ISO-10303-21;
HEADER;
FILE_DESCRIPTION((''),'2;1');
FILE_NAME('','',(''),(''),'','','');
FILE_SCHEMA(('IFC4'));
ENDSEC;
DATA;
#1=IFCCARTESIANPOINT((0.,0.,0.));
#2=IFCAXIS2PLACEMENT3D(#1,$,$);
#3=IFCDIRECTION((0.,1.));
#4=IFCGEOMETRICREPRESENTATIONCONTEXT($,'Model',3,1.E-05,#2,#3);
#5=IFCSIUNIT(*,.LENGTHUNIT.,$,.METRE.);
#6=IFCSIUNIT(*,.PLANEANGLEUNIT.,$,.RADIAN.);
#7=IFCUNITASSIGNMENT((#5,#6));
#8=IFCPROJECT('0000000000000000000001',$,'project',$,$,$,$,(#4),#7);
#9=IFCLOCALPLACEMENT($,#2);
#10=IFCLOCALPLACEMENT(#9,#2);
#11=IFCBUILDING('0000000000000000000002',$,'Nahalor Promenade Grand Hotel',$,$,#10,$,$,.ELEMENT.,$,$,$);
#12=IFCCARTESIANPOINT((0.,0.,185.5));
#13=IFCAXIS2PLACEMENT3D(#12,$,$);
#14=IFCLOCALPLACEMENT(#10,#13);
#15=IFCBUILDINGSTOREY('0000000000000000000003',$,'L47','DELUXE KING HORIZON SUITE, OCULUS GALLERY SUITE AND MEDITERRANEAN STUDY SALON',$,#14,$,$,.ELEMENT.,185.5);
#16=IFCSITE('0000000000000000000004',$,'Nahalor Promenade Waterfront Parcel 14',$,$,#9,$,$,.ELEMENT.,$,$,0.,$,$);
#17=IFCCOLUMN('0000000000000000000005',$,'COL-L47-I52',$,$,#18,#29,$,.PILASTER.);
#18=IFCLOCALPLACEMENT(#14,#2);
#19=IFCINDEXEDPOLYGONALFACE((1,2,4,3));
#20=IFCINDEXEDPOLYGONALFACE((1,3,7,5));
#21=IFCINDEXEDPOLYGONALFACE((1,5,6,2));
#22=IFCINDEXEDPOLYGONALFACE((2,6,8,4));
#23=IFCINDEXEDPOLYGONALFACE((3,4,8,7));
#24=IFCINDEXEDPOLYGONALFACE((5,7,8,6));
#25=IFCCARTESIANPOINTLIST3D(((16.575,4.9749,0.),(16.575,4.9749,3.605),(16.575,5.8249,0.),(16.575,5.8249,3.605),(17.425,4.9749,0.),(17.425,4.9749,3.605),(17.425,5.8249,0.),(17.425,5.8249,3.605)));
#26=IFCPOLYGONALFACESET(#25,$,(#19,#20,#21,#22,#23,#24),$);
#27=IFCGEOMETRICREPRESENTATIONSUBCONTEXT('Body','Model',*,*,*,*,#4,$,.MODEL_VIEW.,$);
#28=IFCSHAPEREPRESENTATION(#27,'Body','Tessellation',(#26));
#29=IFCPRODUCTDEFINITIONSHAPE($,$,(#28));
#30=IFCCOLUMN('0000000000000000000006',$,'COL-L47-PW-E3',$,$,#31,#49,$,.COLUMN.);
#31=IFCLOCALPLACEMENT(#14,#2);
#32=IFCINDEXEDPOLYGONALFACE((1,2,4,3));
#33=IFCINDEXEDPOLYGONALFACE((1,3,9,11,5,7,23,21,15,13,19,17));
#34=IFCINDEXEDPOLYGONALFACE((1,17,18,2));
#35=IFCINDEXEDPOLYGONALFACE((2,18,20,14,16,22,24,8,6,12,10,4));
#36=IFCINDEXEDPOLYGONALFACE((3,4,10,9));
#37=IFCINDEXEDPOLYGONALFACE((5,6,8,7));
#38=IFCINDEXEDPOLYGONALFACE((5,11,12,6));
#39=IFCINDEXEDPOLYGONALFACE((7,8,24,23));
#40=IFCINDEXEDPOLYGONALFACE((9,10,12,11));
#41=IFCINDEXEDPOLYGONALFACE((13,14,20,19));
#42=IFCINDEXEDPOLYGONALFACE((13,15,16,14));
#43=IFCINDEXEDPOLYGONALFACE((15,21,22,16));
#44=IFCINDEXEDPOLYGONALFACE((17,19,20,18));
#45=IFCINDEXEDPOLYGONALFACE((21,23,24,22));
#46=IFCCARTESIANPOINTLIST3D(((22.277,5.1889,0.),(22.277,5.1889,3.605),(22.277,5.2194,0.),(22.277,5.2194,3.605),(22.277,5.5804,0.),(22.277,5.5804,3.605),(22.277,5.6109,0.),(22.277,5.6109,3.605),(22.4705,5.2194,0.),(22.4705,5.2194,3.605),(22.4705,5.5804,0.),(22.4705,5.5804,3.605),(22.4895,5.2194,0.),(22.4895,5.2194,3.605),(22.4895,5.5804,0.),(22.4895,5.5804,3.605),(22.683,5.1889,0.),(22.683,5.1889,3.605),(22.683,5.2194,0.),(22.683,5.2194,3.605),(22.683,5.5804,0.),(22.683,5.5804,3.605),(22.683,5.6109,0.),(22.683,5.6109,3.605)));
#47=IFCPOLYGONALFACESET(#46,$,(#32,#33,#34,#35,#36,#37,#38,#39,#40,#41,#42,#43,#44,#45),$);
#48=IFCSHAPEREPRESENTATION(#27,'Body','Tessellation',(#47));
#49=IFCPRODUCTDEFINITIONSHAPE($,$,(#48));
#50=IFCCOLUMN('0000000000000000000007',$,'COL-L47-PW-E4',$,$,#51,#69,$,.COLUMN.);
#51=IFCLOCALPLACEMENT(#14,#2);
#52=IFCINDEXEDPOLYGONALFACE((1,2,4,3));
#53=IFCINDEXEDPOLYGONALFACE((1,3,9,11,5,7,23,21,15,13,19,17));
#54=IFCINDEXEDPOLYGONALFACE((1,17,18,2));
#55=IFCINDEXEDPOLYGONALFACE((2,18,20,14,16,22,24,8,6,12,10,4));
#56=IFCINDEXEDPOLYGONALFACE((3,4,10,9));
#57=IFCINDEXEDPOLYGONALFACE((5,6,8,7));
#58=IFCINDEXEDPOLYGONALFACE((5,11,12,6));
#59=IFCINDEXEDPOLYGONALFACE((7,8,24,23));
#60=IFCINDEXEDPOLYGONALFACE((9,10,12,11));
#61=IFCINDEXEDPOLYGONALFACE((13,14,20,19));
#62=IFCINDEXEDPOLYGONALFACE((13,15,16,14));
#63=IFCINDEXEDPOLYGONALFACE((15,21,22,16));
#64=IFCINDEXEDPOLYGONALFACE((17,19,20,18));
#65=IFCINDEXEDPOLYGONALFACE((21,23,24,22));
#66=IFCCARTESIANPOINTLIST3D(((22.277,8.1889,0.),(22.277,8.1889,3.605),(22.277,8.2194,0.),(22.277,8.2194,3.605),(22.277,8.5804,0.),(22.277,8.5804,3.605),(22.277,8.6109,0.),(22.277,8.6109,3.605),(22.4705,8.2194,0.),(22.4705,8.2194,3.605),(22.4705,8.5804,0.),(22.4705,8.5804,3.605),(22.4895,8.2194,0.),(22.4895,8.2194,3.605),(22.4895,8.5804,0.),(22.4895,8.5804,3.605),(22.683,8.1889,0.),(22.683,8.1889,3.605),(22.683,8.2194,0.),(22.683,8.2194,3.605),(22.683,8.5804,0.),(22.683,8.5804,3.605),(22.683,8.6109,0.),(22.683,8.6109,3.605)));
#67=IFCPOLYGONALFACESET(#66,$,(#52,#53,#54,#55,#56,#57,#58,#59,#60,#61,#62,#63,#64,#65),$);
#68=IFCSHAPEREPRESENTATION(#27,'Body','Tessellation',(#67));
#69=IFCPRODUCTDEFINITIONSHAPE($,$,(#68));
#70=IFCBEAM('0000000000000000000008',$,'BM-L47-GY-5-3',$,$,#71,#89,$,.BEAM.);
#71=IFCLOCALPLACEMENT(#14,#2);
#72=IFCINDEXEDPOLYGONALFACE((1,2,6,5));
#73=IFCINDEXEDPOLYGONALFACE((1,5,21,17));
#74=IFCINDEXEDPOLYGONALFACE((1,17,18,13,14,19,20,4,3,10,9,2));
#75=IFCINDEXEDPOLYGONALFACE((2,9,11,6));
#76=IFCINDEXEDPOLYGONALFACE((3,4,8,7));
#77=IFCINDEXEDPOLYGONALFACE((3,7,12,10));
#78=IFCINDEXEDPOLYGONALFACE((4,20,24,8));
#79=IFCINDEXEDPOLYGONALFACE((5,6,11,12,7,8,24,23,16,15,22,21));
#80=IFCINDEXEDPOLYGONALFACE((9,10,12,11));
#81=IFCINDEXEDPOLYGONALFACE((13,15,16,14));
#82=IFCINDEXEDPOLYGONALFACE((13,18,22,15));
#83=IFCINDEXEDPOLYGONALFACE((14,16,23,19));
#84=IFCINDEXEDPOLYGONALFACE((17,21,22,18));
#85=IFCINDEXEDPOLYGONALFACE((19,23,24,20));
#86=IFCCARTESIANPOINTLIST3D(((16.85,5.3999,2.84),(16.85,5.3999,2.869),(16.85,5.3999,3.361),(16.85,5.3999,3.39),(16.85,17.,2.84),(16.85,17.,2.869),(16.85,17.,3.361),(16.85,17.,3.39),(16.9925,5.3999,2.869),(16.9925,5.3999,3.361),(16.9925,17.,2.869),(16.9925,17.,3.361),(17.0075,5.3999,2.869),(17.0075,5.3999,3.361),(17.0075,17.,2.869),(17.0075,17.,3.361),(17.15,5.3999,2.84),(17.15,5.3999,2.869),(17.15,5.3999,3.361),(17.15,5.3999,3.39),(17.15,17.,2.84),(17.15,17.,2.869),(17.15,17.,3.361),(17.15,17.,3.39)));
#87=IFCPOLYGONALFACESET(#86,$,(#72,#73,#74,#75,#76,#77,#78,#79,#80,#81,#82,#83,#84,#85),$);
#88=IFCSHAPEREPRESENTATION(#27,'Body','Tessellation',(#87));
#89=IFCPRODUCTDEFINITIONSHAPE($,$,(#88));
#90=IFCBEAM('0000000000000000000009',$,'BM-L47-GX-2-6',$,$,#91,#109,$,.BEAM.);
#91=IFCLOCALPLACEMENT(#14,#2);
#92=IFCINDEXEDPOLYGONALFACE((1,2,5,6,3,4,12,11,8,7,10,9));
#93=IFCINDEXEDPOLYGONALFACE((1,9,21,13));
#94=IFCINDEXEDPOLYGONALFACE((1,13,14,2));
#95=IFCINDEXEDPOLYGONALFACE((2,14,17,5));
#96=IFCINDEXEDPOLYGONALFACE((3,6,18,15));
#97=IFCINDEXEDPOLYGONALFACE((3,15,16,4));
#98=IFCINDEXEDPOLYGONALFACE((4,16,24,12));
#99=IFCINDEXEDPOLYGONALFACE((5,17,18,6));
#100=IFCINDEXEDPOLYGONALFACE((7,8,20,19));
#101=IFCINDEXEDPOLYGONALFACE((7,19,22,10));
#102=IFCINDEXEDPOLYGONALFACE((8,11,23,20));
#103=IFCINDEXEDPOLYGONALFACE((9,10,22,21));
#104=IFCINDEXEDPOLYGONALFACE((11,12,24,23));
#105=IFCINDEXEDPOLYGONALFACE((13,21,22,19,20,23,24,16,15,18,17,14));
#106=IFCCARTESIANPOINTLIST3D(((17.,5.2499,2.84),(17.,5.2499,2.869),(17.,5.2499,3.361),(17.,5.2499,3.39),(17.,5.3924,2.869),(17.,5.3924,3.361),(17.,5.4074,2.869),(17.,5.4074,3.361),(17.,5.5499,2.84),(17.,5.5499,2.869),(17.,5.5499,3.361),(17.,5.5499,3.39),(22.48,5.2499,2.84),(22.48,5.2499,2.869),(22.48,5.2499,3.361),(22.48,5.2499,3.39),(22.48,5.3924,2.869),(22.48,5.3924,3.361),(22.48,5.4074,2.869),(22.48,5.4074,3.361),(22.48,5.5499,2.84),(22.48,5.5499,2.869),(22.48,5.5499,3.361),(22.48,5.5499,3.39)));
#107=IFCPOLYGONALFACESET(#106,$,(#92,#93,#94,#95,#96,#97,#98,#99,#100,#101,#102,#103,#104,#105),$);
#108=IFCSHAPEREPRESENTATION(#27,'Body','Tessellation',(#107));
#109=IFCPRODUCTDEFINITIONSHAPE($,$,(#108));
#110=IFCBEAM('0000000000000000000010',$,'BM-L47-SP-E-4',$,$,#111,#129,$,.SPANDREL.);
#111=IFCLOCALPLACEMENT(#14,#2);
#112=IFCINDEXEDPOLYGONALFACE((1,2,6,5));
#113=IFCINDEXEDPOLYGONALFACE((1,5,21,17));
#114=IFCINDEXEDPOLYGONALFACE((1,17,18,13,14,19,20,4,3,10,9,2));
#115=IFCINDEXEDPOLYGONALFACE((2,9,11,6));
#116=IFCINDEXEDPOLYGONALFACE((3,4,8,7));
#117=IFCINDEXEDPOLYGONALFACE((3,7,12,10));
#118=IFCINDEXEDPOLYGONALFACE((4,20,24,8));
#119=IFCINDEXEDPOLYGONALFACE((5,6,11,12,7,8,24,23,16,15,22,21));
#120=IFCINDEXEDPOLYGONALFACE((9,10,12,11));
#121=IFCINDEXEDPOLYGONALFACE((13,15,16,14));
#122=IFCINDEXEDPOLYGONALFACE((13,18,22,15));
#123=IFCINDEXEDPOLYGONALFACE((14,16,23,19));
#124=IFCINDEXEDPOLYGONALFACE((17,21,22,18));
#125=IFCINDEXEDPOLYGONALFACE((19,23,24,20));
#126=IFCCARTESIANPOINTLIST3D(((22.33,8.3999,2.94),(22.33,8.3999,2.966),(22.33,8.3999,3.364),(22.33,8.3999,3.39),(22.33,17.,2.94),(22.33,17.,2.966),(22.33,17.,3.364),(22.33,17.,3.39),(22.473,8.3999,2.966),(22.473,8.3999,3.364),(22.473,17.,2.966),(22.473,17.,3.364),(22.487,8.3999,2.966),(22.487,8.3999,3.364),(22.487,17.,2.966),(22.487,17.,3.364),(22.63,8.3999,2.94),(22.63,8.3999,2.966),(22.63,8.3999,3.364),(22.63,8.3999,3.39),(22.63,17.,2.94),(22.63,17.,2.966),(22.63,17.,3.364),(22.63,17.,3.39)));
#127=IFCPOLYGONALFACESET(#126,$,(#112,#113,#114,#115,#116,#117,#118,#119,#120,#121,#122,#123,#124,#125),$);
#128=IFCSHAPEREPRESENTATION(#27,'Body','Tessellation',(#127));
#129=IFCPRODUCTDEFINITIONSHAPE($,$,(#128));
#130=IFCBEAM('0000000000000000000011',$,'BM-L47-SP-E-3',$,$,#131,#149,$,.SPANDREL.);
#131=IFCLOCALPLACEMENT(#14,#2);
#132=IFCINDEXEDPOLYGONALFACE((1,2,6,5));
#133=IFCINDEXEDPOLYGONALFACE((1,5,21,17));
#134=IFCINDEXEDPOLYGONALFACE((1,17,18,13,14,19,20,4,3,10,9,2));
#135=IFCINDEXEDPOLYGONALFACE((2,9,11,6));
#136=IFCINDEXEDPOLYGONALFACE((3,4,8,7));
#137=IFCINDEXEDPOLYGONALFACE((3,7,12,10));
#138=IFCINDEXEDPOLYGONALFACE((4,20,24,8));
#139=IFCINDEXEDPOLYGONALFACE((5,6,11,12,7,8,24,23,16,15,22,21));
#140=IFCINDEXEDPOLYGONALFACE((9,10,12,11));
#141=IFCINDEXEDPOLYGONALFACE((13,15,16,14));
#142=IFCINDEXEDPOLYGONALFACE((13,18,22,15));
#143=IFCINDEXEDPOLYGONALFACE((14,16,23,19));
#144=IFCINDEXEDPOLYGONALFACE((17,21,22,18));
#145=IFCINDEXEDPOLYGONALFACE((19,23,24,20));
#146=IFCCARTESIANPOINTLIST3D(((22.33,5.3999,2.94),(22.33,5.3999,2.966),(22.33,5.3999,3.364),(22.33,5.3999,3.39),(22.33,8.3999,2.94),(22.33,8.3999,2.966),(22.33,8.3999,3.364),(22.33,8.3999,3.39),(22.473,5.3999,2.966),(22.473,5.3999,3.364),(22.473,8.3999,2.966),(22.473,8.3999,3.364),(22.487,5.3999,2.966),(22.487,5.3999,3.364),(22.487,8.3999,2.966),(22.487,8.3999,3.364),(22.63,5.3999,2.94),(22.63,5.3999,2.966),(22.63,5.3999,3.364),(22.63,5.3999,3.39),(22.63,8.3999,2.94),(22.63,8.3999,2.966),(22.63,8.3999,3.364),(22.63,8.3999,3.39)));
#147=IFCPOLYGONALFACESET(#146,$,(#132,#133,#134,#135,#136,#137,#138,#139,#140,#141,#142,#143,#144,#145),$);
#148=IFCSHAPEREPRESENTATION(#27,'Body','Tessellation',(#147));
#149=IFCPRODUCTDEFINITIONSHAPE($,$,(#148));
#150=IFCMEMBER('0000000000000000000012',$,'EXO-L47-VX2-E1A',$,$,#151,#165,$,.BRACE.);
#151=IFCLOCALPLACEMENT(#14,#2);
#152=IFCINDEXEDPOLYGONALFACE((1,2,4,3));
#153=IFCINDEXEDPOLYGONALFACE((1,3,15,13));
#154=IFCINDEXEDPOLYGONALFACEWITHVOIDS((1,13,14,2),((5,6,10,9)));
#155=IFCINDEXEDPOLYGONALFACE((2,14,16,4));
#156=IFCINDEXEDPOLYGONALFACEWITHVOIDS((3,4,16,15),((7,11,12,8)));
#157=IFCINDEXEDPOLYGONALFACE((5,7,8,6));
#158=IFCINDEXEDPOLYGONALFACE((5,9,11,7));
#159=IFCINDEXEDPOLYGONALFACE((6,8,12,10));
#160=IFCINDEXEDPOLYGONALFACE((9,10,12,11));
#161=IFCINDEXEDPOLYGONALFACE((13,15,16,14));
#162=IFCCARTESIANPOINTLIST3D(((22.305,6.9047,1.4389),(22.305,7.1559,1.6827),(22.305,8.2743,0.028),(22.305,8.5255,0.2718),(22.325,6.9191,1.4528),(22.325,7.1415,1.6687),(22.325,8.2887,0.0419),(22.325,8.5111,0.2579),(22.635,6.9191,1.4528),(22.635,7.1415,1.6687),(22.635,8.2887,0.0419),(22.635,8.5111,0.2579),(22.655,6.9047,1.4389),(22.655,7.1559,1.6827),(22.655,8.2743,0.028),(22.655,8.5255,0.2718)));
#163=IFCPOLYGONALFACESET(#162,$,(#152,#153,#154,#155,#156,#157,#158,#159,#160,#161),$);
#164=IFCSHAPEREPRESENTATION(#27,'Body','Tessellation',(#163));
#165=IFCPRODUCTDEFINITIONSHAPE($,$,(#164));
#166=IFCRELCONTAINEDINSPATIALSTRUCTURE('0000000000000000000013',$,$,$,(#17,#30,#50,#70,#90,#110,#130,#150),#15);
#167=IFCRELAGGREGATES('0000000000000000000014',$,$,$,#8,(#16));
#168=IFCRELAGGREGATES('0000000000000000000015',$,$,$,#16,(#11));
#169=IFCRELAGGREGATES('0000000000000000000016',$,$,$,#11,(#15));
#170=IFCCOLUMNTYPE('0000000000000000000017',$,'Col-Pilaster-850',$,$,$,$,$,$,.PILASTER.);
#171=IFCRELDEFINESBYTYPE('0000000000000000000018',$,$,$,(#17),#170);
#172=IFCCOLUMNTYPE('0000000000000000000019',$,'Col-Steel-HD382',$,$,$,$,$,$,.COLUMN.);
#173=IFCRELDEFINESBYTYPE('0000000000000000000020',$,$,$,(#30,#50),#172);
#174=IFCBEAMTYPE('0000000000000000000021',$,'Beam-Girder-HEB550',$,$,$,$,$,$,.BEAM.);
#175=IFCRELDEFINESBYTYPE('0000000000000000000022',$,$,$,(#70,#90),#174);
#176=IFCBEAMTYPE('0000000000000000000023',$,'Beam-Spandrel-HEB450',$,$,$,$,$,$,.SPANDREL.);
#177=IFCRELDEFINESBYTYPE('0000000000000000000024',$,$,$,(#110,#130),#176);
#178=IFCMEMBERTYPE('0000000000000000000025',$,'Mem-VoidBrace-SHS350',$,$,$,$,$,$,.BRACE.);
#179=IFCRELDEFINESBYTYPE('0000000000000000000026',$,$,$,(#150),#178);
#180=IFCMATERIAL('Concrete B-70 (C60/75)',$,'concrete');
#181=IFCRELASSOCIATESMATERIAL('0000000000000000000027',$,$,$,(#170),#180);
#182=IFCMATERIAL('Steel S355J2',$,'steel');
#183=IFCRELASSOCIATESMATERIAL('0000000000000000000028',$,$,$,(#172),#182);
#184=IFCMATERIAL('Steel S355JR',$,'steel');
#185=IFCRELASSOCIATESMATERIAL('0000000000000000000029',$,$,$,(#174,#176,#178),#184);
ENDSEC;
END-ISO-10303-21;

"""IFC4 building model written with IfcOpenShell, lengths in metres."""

from ifc_helpers import new_model, si_unit, direction, frame, origin, origin_2d, place, context, subcontext, project, spatial, rectangle, hollow_rectangle, i_section, extrude, source, transform, mapped, material, material_profile, profile_set, type_object, element, save


model = new_model("IFC4")

# Units and contexts
model_context = context("Model", 3, precision=1e-05, world=origin(), true_north=direction((0.0, 1.0)))
body_context = subcontext(model_context, "Body", "Model", "MODEL_VIEW")
ifc_project = project(units=[si_unit("LENGTHUNIT", "METRE"), si_unit("PLANEANGLEUNIT", "RADIAN")], contexts=[model_context])

# Site, building, storey
site_placement = place(None, origin())
site = spatial("IfcSite", under=ifc_project, at=site_placement, Name="Nahalor Promenade Waterfront Parcel 14", CompositionType="ELEMENT", RefElevation=0.0)
building_placement = place(site_placement, origin())
building = spatial("IfcBuilding", under=site, at=building_placement, Name="Nahalor Promenade Grand Hotel", CompositionType="ELEMENT")
storey_placement = place(building_placement, frame((0.0, 0.0, 185.5)))
storey = spatial("IfcBuildingStorey", under=building, at=storey_placement, Name="L47", Description="DELUXE KING HORIZON SUITE, OCULUS GALLERY SUITE AND MEDITERRANEAN STUDY SALON", CompositionType="ELEMENT", Elevation=185.5)

# Columns
ifc_material_1 = material(Name="Concrete B-70 (C60/75)", Category="concrete")
ifc_material_profile_1 = material_profile(ifc_material_1, rectangle(XDim=0.85, YDim=0.85, at=origin_2d()), Name="RC 850x850")
ifc_profile_set_1 = profile_set([ifc_material_profile_1], Name="Concrete B-70 (C60/75)")
column_type_1 = type_object("IfcColumnType", Name="Col-Pilaster-850", PredefinedType="PILASTER", material=ifc_profile_set_1)
shared_shape_1 = source(origin(), body_context, "Body", "SweptSolid", [
    extrude(rectangle(XDim=0.85, YDim=0.85, at=origin_2d()), origin(), (0.0, 0.0, 1.0), 3.605),
])
column_placement = place(storey_placement, frame((17.0, 5.3999, 0.0), z_axis=(0.0, 0.0, 1.0), x_axis=(1.0, 0.0, 0.0)))
element("IfcColumn", 1, at=column_placement, inside=storey, type_object=column_type_1, Name="COL-L47-I52", PredefinedType="PILASTER", context=body_context, shape_type="MappedRepresentation", body=[
    mapped(shared_shape_1, transform((0.0, 0.0, 0.0), scale=1.0)),
])
ifc_material_2 = material(Name="Steel S355J2", Category="steel")
ifc_material_profile_2 = material_profile(ifc_material_2, i_section(OverallWidth=0.406, OverallDepth=0.422, WebThickness=0.019, FlangeThickness=0.0305, at=origin_2d()), Name="HD 400x382")
ifc_profile_set_2 = profile_set([ifc_material_profile_2], Name="Steel S355J2")
column_type_2 = type_object("IfcColumnType", Name="Col-Steel-HD382", PredefinedType="COLUMN", material=ifc_profile_set_2)
shared_shape_2 = source(origin(), body_context, "Body", "SweptSolid", [
    extrude(i_section(OverallWidth=0.406, OverallDepth=0.422, WebThickness=0.019, FlangeThickness=0.0305, at=origin_2d()), origin(), (0.0, 0.0, 1.0), 3.605),
])
for number, where, z_axis, x_axis, name in (
    (2, (22.48, 5.3999, 0.0), (0.0, 0.0, 1.0), (1.0, 0.0, 0.0), "COL-L47-PW-E3"),
    (3, (22.48, 8.3999, 0.0), (0.0, 0.0, 1.0), (1.0, 0.0, 0.0), "COL-L47-PW-E4"),
):
    element("IfcColumn", number, at=place(storey_placement, frame(where, z_axis=z_axis, x_axis=x_axis)), inside=storey, type_object=column_type_2, Name=name, PredefinedType="COLUMN", context=body_context, shape_type="MappedRepresentation", body=[
        mapped(shared_shape_2, transform((0.0, 0.0, 0.0), scale=1.0)),
    ])

# Beams
ifc_material_3 = material(Name="Steel S355JR", Category="steel")
ifc_material_profile_3 = material_profile(ifc_material_3, i_section(OverallWidth=0.3, OverallDepth=0.55, WebThickness=0.015, FlangeThickness=0.029, at=origin_2d()), Name="HEB 550")
ifc_profile_set_3 = profile_set([ifc_material_profile_3], Name="Steel S355JR")
beam_type_1 = type_object("IfcBeamType", Name="Beam-Girder-HEB550", PredefinedType="BEAM", material=ifc_profile_set_3)
shared_shape_3 = source(origin(), body_context, "Body", "SweptSolid", [
    extrude(i_section(OverallWidth=0.3, OverallDepth=0.55, WebThickness=0.015, FlangeThickness=0.029, at=origin_2d()), origin(), (0.0, 0.0, 1.0), 11.6001),
])
beam_1_placement = place(storey_placement, frame((17.0, 5.3999, 3.115), z_axis=(0.0, 1.0, 0.0), x_axis=(-1.0, 0.0, 0.0)))
element("IfcBeam", 4, at=beam_1_placement, inside=storey, type_object=beam_type_1, Name="BM-L47-GY-5-3", PredefinedType="BEAM", context=body_context, shape_type="MappedRepresentation", body=[
    mapped(shared_shape_3, transform((0.0, 0.0, 0.0), scale=1.0)),
])
shared_shape_4 = source(origin(), body_context, "Body", "SweptSolid", [
    extrude(i_section(OverallWidth=0.3, OverallDepth=0.55, WebThickness=0.015, FlangeThickness=0.029, at=origin_2d()), origin(), (0.0, 0.0, 1.0), 5.48),
])
beam_2_placement = place(storey_placement, frame((17.0, 5.3999, 3.115), z_axis=(1.0, 0.0, 0.0), x_axis=(0.0, 1.0, 0.0)))
element("IfcBeam", 5, at=beam_2_placement, inside=storey, type_object=beam_type_1, Name="BM-L47-GX-2-6", PredefinedType="BEAM", context=body_context, shape_type="MappedRepresentation", body=[
    mapped(shared_shape_4, transform((0.0, 0.0, 0.0), scale=1.0)),
])
ifc_material_profile_4 = material_profile(ifc_material_3, i_section(OverallWidth=0.3, OverallDepth=0.45, WebThickness=0.014, FlangeThickness=0.026, at=origin_2d()), Name="HEB 450")
ifc_profile_set_4 = profile_set([ifc_material_profile_4], Name="Steel S355JR")
beam_type_2 = type_object("IfcBeamType", Name="Beam-Spandrel-HEB450", PredefinedType="SPANDREL", material=ifc_profile_set_4)
shared_shape_5 = source(origin(), body_context, "Body", "SweptSolid", [
    extrude(i_section(OverallWidth=0.3, OverallDepth=0.45, WebThickness=0.014, FlangeThickness=0.026, at=origin_2d()), origin(), (0.0, 0.0, 1.0), 8.6001),
])
beam_3_placement = place(storey_placement, frame((22.48, 8.3999, 3.165), z_axis=(0.0, 1.0, 0.0), x_axis=(-1.0, 0.0, 0.0)))
element("IfcBeam", 6, at=beam_3_placement, inside=storey, type_object=beam_type_2, Name="BM-L47-SP-E-4", PredefinedType="SPANDREL", context=body_context, shape_type="MappedRepresentation", body=[
    mapped(shared_shape_5, transform((0.0, 0.0, 0.0), scale=1.0)),
])
shared_shape_6 = source(origin(), body_context, "Body", "SweptSolid", [
    extrude(i_section(OverallWidth=0.3, OverallDepth=0.45, WebThickness=0.014, FlangeThickness=0.026, at=origin_2d()), origin(), (0.0, 0.0, 1.0), 3.0),
])
beam_4_placement = place(storey_placement, frame((22.48, 5.3999, 3.165), z_axis=(0.0, 1.0, 0.0), x_axis=(-1.0, 0.0, 0.0)))
element("IfcBeam", 7, at=beam_4_placement, inside=storey, type_object=beam_type_2, Name="BM-L47-SP-E-3", PredefinedType="SPANDREL", context=body_context, shape_type="MappedRepresentation", body=[
    mapped(shared_shape_6, transform((0.0, 0.0, 0.0), scale=1.0)),
])

# Member
ifc_material_profile_5 = material_profile(ifc_material_3, hollow_rectangle(XDim=0.35, YDim=0.35, WallThickness=0.02, at=origin_2d()), Name="SHS 350x350x20")
ifc_profile_set_5 = profile_set([ifc_material_profile_5], Name="Steel S355JR")
member_type_1 = type_object("IfcMemberType", Name="Mem-VoidBrace-SHS350", PredefinedType="BRACE", material=ifc_profile_set_5)
shared_shape_7 = source(origin(), body_context, "Body", "SweptSolid", [
    extrude(hollow_rectangle(XDim=0.35, YDim=0.35, WallThickness=0.02, at=origin_2d()), origin(), (0.0, 0.0, 1.0), 1.9663),
])
member_1_placement = place(storey_placement, frame((22.48, 8.3999, 0.1499), z_axis=(0.0, -0.696537, 0.71752), x_axis=(1.0, 0.0, 0.0)))
element("IfcMember", 8, at=member_1_placement, inside=storey, type_object=member_type_1, Name="EXO-L47-VX2-E1A", PredefinedType="BRACE", context=body_context, shape_type="MappedRepresentation", body=[
    mapped(shared_shape_7, transform((0.0, 0.0, 0.0), scale=1.0)),
])

save(model, "model.ifc")
